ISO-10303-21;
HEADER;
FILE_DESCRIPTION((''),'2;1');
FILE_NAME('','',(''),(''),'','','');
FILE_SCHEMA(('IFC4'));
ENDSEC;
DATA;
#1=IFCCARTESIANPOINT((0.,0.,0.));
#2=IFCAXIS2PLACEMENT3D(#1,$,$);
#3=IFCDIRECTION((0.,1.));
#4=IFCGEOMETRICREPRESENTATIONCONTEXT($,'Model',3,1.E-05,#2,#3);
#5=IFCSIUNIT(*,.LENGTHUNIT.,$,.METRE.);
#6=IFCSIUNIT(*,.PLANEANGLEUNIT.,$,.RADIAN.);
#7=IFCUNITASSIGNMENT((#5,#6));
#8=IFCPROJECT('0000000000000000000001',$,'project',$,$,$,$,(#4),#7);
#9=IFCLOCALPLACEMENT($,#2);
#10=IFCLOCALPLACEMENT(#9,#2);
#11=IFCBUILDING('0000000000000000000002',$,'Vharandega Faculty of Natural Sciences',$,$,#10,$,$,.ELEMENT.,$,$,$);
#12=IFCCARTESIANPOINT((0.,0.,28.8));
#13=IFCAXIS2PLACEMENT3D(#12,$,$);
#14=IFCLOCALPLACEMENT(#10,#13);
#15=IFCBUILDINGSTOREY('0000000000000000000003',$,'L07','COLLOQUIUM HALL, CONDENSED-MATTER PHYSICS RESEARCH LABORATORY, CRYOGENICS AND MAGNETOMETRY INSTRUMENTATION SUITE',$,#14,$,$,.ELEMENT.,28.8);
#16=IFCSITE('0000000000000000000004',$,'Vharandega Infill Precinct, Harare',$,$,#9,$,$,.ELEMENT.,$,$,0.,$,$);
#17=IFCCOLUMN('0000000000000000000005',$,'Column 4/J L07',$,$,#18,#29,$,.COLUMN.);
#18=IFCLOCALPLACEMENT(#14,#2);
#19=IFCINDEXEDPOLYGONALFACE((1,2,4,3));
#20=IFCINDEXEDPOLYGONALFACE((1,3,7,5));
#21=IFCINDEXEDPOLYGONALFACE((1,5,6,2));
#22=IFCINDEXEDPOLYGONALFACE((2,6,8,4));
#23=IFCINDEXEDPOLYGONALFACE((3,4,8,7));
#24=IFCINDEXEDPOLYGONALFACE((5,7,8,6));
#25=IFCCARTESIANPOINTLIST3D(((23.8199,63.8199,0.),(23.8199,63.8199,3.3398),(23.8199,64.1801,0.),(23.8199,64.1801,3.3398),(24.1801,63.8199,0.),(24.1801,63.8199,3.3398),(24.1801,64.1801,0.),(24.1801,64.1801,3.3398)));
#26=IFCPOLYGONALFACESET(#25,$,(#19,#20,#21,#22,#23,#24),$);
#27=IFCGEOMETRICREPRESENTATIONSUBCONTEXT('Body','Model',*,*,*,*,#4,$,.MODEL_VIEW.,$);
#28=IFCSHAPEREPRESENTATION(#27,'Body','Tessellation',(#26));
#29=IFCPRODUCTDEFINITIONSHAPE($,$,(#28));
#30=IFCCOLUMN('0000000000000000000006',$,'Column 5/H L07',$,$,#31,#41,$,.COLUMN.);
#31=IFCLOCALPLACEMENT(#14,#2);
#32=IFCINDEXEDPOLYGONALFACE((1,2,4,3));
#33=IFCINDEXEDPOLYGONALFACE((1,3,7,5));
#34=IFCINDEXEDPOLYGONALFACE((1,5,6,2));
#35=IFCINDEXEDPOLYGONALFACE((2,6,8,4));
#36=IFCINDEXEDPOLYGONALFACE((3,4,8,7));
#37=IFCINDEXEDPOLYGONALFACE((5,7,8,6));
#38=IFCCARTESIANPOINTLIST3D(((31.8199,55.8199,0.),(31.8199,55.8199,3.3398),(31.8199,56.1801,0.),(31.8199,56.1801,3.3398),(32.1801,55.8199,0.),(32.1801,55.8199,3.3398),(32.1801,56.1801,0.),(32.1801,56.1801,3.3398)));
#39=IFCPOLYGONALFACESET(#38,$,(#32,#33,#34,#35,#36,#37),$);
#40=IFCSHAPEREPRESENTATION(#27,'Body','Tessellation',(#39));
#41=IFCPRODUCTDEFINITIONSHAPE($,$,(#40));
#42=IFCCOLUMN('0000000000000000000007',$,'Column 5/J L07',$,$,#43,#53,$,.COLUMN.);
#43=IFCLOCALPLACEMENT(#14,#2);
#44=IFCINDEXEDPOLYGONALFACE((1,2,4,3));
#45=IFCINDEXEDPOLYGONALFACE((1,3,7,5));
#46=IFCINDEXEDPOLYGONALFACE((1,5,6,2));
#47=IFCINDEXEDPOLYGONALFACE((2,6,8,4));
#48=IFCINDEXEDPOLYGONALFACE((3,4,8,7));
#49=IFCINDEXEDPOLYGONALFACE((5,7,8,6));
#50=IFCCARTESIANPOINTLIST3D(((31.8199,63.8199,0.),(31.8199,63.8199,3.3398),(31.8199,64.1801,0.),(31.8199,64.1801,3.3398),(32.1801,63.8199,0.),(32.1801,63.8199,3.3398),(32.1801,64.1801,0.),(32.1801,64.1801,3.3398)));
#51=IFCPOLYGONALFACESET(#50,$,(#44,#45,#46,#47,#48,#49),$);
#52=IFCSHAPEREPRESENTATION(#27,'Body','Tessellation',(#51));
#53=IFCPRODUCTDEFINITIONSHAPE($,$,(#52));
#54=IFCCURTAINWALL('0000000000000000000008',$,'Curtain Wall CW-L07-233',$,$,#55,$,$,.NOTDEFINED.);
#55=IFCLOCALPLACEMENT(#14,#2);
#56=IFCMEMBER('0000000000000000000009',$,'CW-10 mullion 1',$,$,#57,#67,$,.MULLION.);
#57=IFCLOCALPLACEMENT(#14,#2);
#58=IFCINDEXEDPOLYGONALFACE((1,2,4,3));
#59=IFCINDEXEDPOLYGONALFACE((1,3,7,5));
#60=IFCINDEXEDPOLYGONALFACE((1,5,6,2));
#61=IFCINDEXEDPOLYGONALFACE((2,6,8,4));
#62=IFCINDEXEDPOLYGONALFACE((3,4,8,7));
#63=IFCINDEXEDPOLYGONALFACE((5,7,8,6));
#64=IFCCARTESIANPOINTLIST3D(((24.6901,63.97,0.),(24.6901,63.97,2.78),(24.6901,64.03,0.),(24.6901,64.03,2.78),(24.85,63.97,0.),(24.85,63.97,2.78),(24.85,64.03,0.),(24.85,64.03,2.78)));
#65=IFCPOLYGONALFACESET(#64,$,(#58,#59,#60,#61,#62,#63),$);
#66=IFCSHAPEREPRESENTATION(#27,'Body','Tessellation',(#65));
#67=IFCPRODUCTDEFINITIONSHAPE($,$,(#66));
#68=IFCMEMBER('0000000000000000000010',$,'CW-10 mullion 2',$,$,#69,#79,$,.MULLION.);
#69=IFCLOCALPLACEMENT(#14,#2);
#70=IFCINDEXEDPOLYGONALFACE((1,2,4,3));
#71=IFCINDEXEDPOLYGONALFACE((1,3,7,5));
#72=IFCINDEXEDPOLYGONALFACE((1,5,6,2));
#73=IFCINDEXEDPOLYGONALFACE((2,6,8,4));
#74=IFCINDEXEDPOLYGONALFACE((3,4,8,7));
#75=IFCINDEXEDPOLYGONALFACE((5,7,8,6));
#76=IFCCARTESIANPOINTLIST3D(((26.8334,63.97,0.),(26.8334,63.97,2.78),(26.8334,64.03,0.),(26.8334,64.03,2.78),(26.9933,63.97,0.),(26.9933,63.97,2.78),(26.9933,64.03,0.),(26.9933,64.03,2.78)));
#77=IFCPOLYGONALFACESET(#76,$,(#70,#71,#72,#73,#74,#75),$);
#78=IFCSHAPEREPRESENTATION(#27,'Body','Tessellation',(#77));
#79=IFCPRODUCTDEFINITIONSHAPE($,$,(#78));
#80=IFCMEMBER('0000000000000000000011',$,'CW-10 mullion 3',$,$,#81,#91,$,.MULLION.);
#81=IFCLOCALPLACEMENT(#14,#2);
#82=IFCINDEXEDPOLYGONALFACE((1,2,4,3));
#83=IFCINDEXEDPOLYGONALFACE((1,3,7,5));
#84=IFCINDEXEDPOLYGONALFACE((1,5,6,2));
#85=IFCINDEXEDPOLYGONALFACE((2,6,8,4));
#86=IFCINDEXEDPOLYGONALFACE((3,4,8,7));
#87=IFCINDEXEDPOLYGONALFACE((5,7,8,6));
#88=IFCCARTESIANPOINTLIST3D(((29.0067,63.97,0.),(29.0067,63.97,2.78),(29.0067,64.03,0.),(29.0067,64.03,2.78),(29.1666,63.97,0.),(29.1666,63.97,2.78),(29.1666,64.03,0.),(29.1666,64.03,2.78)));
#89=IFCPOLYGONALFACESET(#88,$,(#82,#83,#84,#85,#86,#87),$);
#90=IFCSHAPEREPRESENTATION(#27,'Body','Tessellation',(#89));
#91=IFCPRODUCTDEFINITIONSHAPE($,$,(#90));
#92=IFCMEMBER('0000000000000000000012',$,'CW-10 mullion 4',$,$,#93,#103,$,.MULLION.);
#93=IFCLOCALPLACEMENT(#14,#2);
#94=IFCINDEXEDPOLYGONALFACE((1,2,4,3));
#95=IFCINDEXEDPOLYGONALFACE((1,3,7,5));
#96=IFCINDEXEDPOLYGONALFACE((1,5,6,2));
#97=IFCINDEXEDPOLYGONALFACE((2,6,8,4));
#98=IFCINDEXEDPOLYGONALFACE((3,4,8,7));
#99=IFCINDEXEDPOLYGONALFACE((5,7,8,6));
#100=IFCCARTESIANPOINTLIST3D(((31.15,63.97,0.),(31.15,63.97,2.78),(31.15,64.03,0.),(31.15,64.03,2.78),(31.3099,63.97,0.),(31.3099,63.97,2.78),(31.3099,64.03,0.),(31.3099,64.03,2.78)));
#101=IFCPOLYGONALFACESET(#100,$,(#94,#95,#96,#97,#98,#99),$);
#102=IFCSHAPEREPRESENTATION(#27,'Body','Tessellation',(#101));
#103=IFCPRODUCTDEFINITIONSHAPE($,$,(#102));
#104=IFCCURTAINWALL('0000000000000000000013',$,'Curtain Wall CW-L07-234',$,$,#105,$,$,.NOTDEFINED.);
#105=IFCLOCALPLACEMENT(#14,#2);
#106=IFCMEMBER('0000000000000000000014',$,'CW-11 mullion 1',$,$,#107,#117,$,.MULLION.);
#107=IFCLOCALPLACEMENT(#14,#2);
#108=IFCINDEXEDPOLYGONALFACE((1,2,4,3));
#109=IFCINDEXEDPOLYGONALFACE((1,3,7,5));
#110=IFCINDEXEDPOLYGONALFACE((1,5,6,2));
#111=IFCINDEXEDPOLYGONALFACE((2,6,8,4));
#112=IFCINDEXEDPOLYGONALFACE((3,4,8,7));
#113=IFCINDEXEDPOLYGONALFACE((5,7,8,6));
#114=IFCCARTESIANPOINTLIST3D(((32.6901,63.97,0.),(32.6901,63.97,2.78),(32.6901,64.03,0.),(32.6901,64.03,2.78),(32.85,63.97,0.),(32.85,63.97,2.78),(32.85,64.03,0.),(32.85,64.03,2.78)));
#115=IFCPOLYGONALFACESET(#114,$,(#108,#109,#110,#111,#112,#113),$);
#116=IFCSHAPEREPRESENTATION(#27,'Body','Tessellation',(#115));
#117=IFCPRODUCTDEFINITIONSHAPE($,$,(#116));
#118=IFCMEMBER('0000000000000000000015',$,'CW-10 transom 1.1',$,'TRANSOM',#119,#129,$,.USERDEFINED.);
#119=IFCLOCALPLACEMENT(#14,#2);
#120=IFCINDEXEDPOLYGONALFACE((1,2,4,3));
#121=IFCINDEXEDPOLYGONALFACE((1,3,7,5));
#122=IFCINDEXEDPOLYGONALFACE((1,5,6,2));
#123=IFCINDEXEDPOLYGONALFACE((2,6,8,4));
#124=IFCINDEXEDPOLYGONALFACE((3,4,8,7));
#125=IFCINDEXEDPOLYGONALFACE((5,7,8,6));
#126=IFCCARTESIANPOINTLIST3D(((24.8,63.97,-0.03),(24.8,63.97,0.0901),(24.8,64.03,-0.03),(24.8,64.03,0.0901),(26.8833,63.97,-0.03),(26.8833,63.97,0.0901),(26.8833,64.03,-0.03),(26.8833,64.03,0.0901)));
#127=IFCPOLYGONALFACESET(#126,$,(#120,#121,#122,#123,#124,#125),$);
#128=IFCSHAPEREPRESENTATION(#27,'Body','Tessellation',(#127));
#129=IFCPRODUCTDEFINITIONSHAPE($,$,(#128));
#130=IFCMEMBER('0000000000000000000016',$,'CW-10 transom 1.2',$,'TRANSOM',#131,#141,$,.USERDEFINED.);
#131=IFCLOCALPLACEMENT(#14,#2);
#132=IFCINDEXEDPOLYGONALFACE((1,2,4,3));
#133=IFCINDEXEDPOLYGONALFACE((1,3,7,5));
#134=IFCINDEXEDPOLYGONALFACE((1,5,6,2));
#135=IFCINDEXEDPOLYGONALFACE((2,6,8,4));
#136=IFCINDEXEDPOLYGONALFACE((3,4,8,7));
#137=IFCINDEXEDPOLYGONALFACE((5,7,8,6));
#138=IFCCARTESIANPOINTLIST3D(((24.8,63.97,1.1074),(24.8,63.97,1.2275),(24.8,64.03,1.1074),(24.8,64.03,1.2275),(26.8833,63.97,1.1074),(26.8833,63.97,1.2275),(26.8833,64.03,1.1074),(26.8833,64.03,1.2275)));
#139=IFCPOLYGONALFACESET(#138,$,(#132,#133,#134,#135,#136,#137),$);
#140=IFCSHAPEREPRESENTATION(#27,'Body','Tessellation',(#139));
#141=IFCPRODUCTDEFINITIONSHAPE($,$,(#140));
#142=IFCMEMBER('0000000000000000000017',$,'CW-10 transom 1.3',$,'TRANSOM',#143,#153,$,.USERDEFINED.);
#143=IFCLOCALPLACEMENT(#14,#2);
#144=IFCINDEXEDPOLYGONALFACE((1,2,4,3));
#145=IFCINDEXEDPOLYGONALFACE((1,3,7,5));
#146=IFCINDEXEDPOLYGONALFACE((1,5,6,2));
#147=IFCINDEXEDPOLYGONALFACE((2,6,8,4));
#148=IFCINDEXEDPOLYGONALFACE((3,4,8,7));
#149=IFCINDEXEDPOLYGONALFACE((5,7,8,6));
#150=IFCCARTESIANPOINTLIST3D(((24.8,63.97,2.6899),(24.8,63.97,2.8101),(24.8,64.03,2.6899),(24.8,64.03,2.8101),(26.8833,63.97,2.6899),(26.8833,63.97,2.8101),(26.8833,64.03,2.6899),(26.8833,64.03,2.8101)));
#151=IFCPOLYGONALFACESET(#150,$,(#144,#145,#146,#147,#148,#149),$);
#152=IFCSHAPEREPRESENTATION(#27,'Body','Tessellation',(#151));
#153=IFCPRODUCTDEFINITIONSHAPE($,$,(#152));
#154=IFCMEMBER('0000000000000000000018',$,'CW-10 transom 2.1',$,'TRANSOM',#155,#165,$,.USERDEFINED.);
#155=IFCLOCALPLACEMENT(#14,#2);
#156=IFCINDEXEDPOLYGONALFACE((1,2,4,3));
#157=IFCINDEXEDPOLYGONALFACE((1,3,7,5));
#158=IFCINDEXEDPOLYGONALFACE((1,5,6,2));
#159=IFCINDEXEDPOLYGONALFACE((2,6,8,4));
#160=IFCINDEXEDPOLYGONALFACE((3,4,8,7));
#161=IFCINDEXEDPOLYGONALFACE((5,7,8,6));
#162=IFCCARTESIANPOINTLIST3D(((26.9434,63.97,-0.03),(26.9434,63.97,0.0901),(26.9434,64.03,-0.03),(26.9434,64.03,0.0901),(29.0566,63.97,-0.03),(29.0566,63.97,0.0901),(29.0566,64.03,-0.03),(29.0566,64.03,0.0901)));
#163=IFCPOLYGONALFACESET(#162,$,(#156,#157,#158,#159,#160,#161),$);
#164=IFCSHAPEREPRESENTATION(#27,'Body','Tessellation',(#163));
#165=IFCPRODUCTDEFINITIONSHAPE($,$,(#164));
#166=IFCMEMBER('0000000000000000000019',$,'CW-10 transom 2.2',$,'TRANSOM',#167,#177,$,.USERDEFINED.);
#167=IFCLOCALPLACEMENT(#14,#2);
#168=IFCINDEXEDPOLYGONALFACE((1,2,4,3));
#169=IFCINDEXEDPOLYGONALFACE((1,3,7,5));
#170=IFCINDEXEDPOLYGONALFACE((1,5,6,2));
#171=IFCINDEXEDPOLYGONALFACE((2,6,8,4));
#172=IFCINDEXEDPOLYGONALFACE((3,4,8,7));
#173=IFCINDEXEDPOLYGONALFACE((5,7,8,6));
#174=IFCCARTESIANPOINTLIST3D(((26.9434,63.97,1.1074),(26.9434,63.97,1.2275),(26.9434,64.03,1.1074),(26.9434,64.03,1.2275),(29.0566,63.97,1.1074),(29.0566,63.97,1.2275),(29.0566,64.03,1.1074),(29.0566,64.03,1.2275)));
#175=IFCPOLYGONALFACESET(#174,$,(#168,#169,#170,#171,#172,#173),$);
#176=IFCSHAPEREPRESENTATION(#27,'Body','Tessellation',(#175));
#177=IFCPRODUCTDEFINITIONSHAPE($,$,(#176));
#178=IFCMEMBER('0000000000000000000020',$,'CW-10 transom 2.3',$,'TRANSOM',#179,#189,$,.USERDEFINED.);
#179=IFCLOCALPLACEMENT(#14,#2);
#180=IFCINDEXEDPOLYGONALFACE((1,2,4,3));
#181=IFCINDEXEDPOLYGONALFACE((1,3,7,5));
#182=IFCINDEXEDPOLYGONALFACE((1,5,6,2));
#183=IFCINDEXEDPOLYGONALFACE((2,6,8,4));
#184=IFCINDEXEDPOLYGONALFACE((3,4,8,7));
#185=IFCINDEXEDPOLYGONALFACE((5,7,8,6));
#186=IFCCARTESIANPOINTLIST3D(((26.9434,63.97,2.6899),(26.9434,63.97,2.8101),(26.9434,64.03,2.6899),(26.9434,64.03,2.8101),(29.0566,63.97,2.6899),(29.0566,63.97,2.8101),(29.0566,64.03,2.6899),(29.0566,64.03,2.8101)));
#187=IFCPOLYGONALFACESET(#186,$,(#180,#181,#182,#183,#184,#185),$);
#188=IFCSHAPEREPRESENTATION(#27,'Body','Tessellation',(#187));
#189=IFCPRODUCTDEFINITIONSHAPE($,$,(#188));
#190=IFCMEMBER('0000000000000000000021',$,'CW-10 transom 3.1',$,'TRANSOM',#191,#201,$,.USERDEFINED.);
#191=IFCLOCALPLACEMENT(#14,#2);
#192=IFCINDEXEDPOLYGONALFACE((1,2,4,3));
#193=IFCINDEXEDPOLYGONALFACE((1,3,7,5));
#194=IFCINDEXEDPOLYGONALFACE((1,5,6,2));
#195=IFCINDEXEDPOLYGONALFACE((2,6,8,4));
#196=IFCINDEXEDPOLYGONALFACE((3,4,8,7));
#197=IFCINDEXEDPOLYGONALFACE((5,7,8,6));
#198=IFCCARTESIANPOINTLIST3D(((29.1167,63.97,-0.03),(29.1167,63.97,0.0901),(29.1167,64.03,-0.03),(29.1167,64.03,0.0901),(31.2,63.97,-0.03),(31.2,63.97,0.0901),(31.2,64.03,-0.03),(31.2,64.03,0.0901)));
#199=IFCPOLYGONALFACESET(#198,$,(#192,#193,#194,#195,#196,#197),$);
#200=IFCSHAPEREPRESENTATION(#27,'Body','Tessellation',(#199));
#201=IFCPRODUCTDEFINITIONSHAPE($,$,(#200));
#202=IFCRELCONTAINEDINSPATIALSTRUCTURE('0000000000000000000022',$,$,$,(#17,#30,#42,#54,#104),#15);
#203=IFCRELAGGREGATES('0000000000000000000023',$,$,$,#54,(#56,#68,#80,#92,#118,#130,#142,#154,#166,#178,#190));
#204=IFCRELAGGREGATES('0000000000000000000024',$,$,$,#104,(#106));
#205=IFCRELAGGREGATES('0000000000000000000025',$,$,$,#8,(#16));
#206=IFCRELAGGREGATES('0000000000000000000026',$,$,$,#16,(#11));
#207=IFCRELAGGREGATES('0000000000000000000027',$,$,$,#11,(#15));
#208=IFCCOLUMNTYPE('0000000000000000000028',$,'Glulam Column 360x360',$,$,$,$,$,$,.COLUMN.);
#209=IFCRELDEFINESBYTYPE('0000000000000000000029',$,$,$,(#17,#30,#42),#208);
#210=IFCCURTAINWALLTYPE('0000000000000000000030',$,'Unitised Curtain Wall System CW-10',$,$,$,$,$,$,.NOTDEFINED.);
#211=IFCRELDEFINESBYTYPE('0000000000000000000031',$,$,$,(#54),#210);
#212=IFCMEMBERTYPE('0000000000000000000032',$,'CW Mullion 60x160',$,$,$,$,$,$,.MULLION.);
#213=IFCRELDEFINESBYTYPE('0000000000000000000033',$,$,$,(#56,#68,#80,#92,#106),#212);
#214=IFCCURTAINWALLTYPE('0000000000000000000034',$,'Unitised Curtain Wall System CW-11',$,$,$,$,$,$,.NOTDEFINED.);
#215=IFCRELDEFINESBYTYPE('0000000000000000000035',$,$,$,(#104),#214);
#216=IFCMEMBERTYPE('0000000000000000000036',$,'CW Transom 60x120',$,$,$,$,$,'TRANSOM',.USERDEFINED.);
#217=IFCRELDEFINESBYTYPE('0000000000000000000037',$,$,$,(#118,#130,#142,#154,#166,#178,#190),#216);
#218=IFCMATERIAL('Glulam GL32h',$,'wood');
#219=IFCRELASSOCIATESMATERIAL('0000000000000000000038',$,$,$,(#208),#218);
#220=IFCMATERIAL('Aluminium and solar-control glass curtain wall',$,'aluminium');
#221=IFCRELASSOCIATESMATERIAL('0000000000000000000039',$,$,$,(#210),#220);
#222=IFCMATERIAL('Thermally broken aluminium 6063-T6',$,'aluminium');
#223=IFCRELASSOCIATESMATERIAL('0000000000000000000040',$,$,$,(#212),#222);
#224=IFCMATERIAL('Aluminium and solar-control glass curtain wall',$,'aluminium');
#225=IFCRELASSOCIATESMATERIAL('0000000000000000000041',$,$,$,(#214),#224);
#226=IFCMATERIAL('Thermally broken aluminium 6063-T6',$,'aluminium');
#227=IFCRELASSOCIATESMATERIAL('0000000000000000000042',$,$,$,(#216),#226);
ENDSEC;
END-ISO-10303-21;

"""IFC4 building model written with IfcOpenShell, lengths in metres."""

from ifc_helpers import new_model, si_unit, direction, frame, origin, origin_2d, place, context, subcontext, project, spatial, rectangle, extrude, material, material_profile, profile_set, type_object, element, aggregate, save


model = new_model("IFC4")

# Units and contexts
model_context = context("Model", 3, precision=1e-05, world=origin(), true_north=direction((0.0, 1.0)))
body_context = subcontext(model_context, "Body", "Model", "MODEL_VIEW")
ifc_project = project(units=[si_unit("LENGTHUNIT", "METRE"), si_unit("PLANEANGLEUNIT", "RADIAN")], contexts=[model_context])

# Site, building, storey
site_placement = place(None, origin())
site = spatial("IfcSite", under=ifc_project, at=site_placement, Name="Vharandega Infill Precinct, Harare", CompositionType="ELEMENT", RefElevation=0.0)
building_placement = place(site_placement, origin())
building = spatial("IfcBuilding", under=site, at=building_placement, Name="Vharandega Faculty of Natural Sciences", CompositionType="ELEMENT")
storey_placement = place(building_placement, frame((0.0, 0.0, 28.8)))
storey = spatial("IfcBuildingStorey", under=building, at=storey_placement, Name="L07", Description="COLLOQUIUM HALL, CONDENSED-MATTER PHYSICS RESEARCH LABORATORY, CRYOGENICS AND MAGNETOMETRY INSTRUMENTATION SUITE", CompositionType="ELEMENT", Elevation=28.8)

# Columns
ifc_material_1 = material(Name="Glulam GL32h", Category="wood")
ifc_material_profile_1 = material_profile(ifc_material_1, rectangle(XDim=0.3601, YDim=0.3601, at=origin_2d()), Name="GL32h 360x360")
ifc_profile_set_1 = profile_set([ifc_material_profile_1], Name="Glulam GL32h")
column_type = type_object("IfcColumnType", Name="Glulam Column 360x360", PredefinedType="COLUMN", material=ifc_profile_set_1)
for number, where, z_axis, x_axis, name in (
    (1, (24.0, 64.0, 0.0), (0.0, 0.0, 1.0), (1.0, 0.0, 0.0), "Column 4/J L07"),
    (2, (32.0, 56.0, 0.0), (0.0, 0.0, 1.0), (1.0, 0.0, 0.0), "Column 5/H L07"),
    (3, (32.0, 64.0, 0.0), (0.0, 0.0, 1.0), (1.0, 0.0, 0.0), "Column 5/J L07"),
):
    element("IfcColumn", number, at=place(storey_placement, frame(where, z_axis=z_axis, x_axis=x_axis)), inside=storey, type_object=column_type, Name=name, PredefinedType="COLUMN", context=body_context, shape_type="SweptSolid", body=[
        extrude(rectangle(XDim=0.3601, YDim=0.3601, at=origin_2d()), origin(), (0.0, 0.0, 1.0), 3.3398),
    ])

# Curtain wall, members
ifc_material_2 = material(Name="Aluminium and solar-control glass curtain wall", Category="aluminium")
curtain_wall_type_1 = type_object("IfcCurtainWallType", Name="Unitised Curtain Wall System CW-10", PredefinedType="NOTDEFINED", material=ifc_material_2)
curtain_wall_1_placement = place(storey_placement, origin())
curtain_wall_1 = element("IfcCurtainWall", 4, at=curtain_wall_1_placement, inside=storey, type_object=curtain_wall_type_1, Name="Curtain Wall CW-L07-233", PredefinedType="NOTDEFINED")
ifc_material_3 = material(Name="Thermally broken aluminium 6063-T6", Category="aluminium")
ifc_material_profile_2 = material_profile(ifc_material_3, rectangle(XDim=0.0601, YDim=0.1599, at=origin_2d()), Name="ALU 60x160")
ifc_profile_set_2 = profile_set([ifc_material_profile_2], Name="Thermally broken aluminium 6063-T6")
member_type_1 = type_object("IfcMemberType", Name="CW Mullion 60x160", PredefinedType="MULLION", material=ifc_profile_set_2)
member_1_placement = place(storey_placement, frame((24.77, 64.0, 0.0), z_axis=(0.0, 0.0, 1.0), x_axis=(0.0, 1.0, 0.0)))
member_1 = element("IfcMember", 5, at=member_1_placement, type_object=member_type_1, Name="CW-10 mullion 1", PredefinedType="MULLION", context=body_context, shape_type="SweptSolid", body=[
    extrude(rectangle(XDim=0.0601, YDim=0.1599, at=origin_2d()), origin(), (0.0, 0.0, 1.0), 2.78),
])
member_2_placement = place(storey_placement, frame((26.9133, 64.0, 0.0), z_axis=(0.0, 0.0, 1.0), x_axis=(0.0, 1.0, 0.0)))
member_2 = element("IfcMember", 6, at=member_2_placement, type_object=member_type_1, Name="CW-10 mullion 2", PredefinedType="MULLION", context=body_context, shape_type="SweptSolid", body=[
    extrude(rectangle(XDim=0.0601, YDim=0.1599, at=origin_2d()), origin(), (0.0, 0.0, 1.0), 2.78),
])
member_3_placement = place(storey_placement, frame((29.0867, 64.0, 0.0), z_axis=(0.0, 0.0, 1.0), x_axis=(0.0, 1.0, 0.0)))
member_3 = element("IfcMember", 7, at=member_3_placement, type_object=member_type_1, Name="CW-10 mullion 3", PredefinedType="MULLION", context=body_context, shape_type="SweptSolid", body=[
    extrude(rectangle(XDim=0.0601, YDim=0.1599, at=origin_2d()), origin(), (0.0, 0.0, 1.0), 2.78),
])
member_4_placement = place(storey_placement, frame((31.23, 64.0, 0.0), z_axis=(0.0, 0.0, 1.0), x_axis=(0.0, 1.0, 0.0)))
member_4 = element("IfcMember", 8, at=member_4_placement, type_object=member_type_1, Name="CW-10 mullion 4", PredefinedType="MULLION", context=body_context, shape_type="SweptSolid", body=[
    extrude(rectangle(XDim=0.0601, YDim=0.1599, at=origin_2d()), origin(), (0.0, 0.0, 1.0), 2.78),
])

# Curtain wall, member
ifc_material_4 = material(Name="Aluminium and solar-control glass curtain wall", Category="aluminium")
curtain_wall_type_2 = type_object("IfcCurtainWallType", Name="Unitised Curtain Wall System CW-11", PredefinedType="NOTDEFINED", material=ifc_material_4)
curtain_wall_2_placement = place(storey_placement, origin())
curtain_wall_2 = element("IfcCurtainWall", 9, at=curtain_wall_2_placement, inside=storey, type_object=curtain_wall_type_2, Name="Curtain Wall CW-L07-234", PredefinedType="NOTDEFINED")
member_5_placement = place(storey_placement, frame((32.77, 64.0, 0.0), z_axis=(0.0, 0.0, 1.0), x_axis=(0.0, 1.0, 0.0)))
member_5 = element("IfcMember", 10, at=member_5_placement, type_object=member_type_1, Name="CW-11 mullion 1", PredefinedType="MULLION", context=body_context, shape_type="SweptSolid", body=[
    extrude(rectangle(XDim=0.0601, YDim=0.1599, at=origin_2d()), origin(), (0.0, 0.0, 1.0), 2.78),
])

# Members
ifc_material_5 = material(Name="Thermally broken aluminium 6063-T6", Category="aluminium")
ifc_material_profile_3 = material_profile(ifc_material_5, rectangle(XDim=0.0601, YDim=0.1201, at=origin_2d()), Name="ALU 60x120")
ifc_profile_set_3 = profile_set([ifc_material_profile_3], Name="Thermally broken aluminium 6063-T6")
member_type_2 = type_object("IfcMemberType", Name="CW Transom 60x120", ElementType="TRANSOM", PredefinedType="USERDEFINED", material=ifc_profile_set_3)
member_6_placement = place(storey_placement, frame((24.8, 64.0, 0.03), z_axis=(1.0, 0.0, 0.0), x_axis=(0.0, 1.0, 0.0)))
member_6 = element("IfcMember", 11, at=member_6_placement, type_object=member_type_2, Name="CW-10 transom 1.1", ObjectType="TRANSOM", PredefinedType="USERDEFINED", context=body_context, shape_type="SweptSolid", body=[
    extrude(rectangle(XDim=0.0601, YDim=0.1201, at=origin_2d()), origin(), (0.0, 0.0, 1.0), 2.0833),
])
member_7_placement = place(storey_placement, frame((24.8, 64.0, 1.1675), z_axis=(1.0, 0.0, 0.0), x_axis=(0.0, 1.0, 0.0)))
member_7 = element("IfcMember", 12, at=member_7_placement, type_object=member_type_2, Name="CW-10 transom 1.2", ObjectType="TRANSOM", PredefinedType="USERDEFINED", context=body_context, shape_type="SweptSolid", body=[
    extrude(rectangle(XDim=0.0601, YDim=0.1201, at=origin_2d()), origin(), (0.0, 0.0, 1.0), 2.0833),
])
member_8_placement = place(storey_placement, frame((24.8, 64.0, 2.75), z_axis=(1.0, 0.0, 0.0), x_axis=(0.0, 1.0, 0.0)))
member_8 = element("IfcMember", 13, at=member_8_placement, type_object=member_type_2, Name="CW-10 transom 1.3", ObjectType="TRANSOM", PredefinedType="USERDEFINED", context=body_context, shape_type="SweptSolid", body=[
    extrude(rectangle(XDim=0.0601, YDim=0.1201, at=origin_2d()), origin(), (0.0, 0.0, 1.0), 2.0833),
])
member_9_placement = place(storey_placement, frame((26.9434, 64.0, 0.03), z_axis=(1.0, 0.0, 0.0), x_axis=(0.0, 1.0, 0.0)))
member_9 = element("IfcMember", 14, at=member_9_placement, type_object=member_type_2, Name="CW-10 transom 2.1", ObjectType="TRANSOM", PredefinedType="USERDEFINED", context=body_context, shape_type="SweptSolid", body=[
    extrude(rectangle(XDim=0.0601, YDim=0.1201, at=origin_2d()), origin(), (0.0, 0.0, 1.0), 2.1133),
])
member_10_placement = place(storey_placement, frame((26.9434, 64.0, 1.1675), z_axis=(1.0, 0.0, 0.0), x_axis=(0.0, 1.0, 0.0)))
member_10 = element("IfcMember", 15, at=member_10_placement, type_object=member_type_2, Name="CW-10 transom 2.2", ObjectType="TRANSOM", PredefinedType="USERDEFINED", context=body_context, shape_type="SweptSolid", body=[
    extrude(rectangle(XDim=0.0601, YDim=0.1201, at=origin_2d()), origin(), (0.0, 0.0, 1.0), 2.1133),
])
member_11_placement = place(storey_placement, frame((26.9434, 64.0, 2.75), z_axis=(1.0, 0.0, 0.0), x_axis=(0.0, 1.0, 0.0)))
member_11 = element("IfcMember", 16, at=member_11_placement, type_object=member_type_2, Name="CW-10 transom 2.3", ObjectType="TRANSOM", PredefinedType="USERDEFINED", context=body_context, shape_type="SweptSolid", body=[
    extrude(rectangle(XDim=0.0601, YDim=0.1201, at=origin_2d()), origin(), (0.0, 0.0, 1.0), 2.1133),
])
member_12_placement = place(storey_placement, frame((29.1167, 64.0, 0.03), z_axis=(1.0, 0.0, 0.0), x_axis=(0.0, 1.0, 0.0)))
member_12 = element("IfcMember", 17, at=member_12_placement, type_object=member_type_2, Name="CW-10 transom 3.1", ObjectType="TRANSOM", PredefinedType="USERDEFINED", context=body_context, shape_type="SweptSolid", body=[
    extrude(rectangle(XDim=0.0601, YDim=0.1201, at=origin_2d()), origin(), (0.0, 0.0, 1.0), 2.0833),
])

aggregate(curtain_wall_1, [member_1, member_2, member_3, member_4, member_6, member_7, member_8, member_9, member_10, member_11, member_12])
aggregate(curtain_wall_2, [member_5])

save(model, "model.ifc")
